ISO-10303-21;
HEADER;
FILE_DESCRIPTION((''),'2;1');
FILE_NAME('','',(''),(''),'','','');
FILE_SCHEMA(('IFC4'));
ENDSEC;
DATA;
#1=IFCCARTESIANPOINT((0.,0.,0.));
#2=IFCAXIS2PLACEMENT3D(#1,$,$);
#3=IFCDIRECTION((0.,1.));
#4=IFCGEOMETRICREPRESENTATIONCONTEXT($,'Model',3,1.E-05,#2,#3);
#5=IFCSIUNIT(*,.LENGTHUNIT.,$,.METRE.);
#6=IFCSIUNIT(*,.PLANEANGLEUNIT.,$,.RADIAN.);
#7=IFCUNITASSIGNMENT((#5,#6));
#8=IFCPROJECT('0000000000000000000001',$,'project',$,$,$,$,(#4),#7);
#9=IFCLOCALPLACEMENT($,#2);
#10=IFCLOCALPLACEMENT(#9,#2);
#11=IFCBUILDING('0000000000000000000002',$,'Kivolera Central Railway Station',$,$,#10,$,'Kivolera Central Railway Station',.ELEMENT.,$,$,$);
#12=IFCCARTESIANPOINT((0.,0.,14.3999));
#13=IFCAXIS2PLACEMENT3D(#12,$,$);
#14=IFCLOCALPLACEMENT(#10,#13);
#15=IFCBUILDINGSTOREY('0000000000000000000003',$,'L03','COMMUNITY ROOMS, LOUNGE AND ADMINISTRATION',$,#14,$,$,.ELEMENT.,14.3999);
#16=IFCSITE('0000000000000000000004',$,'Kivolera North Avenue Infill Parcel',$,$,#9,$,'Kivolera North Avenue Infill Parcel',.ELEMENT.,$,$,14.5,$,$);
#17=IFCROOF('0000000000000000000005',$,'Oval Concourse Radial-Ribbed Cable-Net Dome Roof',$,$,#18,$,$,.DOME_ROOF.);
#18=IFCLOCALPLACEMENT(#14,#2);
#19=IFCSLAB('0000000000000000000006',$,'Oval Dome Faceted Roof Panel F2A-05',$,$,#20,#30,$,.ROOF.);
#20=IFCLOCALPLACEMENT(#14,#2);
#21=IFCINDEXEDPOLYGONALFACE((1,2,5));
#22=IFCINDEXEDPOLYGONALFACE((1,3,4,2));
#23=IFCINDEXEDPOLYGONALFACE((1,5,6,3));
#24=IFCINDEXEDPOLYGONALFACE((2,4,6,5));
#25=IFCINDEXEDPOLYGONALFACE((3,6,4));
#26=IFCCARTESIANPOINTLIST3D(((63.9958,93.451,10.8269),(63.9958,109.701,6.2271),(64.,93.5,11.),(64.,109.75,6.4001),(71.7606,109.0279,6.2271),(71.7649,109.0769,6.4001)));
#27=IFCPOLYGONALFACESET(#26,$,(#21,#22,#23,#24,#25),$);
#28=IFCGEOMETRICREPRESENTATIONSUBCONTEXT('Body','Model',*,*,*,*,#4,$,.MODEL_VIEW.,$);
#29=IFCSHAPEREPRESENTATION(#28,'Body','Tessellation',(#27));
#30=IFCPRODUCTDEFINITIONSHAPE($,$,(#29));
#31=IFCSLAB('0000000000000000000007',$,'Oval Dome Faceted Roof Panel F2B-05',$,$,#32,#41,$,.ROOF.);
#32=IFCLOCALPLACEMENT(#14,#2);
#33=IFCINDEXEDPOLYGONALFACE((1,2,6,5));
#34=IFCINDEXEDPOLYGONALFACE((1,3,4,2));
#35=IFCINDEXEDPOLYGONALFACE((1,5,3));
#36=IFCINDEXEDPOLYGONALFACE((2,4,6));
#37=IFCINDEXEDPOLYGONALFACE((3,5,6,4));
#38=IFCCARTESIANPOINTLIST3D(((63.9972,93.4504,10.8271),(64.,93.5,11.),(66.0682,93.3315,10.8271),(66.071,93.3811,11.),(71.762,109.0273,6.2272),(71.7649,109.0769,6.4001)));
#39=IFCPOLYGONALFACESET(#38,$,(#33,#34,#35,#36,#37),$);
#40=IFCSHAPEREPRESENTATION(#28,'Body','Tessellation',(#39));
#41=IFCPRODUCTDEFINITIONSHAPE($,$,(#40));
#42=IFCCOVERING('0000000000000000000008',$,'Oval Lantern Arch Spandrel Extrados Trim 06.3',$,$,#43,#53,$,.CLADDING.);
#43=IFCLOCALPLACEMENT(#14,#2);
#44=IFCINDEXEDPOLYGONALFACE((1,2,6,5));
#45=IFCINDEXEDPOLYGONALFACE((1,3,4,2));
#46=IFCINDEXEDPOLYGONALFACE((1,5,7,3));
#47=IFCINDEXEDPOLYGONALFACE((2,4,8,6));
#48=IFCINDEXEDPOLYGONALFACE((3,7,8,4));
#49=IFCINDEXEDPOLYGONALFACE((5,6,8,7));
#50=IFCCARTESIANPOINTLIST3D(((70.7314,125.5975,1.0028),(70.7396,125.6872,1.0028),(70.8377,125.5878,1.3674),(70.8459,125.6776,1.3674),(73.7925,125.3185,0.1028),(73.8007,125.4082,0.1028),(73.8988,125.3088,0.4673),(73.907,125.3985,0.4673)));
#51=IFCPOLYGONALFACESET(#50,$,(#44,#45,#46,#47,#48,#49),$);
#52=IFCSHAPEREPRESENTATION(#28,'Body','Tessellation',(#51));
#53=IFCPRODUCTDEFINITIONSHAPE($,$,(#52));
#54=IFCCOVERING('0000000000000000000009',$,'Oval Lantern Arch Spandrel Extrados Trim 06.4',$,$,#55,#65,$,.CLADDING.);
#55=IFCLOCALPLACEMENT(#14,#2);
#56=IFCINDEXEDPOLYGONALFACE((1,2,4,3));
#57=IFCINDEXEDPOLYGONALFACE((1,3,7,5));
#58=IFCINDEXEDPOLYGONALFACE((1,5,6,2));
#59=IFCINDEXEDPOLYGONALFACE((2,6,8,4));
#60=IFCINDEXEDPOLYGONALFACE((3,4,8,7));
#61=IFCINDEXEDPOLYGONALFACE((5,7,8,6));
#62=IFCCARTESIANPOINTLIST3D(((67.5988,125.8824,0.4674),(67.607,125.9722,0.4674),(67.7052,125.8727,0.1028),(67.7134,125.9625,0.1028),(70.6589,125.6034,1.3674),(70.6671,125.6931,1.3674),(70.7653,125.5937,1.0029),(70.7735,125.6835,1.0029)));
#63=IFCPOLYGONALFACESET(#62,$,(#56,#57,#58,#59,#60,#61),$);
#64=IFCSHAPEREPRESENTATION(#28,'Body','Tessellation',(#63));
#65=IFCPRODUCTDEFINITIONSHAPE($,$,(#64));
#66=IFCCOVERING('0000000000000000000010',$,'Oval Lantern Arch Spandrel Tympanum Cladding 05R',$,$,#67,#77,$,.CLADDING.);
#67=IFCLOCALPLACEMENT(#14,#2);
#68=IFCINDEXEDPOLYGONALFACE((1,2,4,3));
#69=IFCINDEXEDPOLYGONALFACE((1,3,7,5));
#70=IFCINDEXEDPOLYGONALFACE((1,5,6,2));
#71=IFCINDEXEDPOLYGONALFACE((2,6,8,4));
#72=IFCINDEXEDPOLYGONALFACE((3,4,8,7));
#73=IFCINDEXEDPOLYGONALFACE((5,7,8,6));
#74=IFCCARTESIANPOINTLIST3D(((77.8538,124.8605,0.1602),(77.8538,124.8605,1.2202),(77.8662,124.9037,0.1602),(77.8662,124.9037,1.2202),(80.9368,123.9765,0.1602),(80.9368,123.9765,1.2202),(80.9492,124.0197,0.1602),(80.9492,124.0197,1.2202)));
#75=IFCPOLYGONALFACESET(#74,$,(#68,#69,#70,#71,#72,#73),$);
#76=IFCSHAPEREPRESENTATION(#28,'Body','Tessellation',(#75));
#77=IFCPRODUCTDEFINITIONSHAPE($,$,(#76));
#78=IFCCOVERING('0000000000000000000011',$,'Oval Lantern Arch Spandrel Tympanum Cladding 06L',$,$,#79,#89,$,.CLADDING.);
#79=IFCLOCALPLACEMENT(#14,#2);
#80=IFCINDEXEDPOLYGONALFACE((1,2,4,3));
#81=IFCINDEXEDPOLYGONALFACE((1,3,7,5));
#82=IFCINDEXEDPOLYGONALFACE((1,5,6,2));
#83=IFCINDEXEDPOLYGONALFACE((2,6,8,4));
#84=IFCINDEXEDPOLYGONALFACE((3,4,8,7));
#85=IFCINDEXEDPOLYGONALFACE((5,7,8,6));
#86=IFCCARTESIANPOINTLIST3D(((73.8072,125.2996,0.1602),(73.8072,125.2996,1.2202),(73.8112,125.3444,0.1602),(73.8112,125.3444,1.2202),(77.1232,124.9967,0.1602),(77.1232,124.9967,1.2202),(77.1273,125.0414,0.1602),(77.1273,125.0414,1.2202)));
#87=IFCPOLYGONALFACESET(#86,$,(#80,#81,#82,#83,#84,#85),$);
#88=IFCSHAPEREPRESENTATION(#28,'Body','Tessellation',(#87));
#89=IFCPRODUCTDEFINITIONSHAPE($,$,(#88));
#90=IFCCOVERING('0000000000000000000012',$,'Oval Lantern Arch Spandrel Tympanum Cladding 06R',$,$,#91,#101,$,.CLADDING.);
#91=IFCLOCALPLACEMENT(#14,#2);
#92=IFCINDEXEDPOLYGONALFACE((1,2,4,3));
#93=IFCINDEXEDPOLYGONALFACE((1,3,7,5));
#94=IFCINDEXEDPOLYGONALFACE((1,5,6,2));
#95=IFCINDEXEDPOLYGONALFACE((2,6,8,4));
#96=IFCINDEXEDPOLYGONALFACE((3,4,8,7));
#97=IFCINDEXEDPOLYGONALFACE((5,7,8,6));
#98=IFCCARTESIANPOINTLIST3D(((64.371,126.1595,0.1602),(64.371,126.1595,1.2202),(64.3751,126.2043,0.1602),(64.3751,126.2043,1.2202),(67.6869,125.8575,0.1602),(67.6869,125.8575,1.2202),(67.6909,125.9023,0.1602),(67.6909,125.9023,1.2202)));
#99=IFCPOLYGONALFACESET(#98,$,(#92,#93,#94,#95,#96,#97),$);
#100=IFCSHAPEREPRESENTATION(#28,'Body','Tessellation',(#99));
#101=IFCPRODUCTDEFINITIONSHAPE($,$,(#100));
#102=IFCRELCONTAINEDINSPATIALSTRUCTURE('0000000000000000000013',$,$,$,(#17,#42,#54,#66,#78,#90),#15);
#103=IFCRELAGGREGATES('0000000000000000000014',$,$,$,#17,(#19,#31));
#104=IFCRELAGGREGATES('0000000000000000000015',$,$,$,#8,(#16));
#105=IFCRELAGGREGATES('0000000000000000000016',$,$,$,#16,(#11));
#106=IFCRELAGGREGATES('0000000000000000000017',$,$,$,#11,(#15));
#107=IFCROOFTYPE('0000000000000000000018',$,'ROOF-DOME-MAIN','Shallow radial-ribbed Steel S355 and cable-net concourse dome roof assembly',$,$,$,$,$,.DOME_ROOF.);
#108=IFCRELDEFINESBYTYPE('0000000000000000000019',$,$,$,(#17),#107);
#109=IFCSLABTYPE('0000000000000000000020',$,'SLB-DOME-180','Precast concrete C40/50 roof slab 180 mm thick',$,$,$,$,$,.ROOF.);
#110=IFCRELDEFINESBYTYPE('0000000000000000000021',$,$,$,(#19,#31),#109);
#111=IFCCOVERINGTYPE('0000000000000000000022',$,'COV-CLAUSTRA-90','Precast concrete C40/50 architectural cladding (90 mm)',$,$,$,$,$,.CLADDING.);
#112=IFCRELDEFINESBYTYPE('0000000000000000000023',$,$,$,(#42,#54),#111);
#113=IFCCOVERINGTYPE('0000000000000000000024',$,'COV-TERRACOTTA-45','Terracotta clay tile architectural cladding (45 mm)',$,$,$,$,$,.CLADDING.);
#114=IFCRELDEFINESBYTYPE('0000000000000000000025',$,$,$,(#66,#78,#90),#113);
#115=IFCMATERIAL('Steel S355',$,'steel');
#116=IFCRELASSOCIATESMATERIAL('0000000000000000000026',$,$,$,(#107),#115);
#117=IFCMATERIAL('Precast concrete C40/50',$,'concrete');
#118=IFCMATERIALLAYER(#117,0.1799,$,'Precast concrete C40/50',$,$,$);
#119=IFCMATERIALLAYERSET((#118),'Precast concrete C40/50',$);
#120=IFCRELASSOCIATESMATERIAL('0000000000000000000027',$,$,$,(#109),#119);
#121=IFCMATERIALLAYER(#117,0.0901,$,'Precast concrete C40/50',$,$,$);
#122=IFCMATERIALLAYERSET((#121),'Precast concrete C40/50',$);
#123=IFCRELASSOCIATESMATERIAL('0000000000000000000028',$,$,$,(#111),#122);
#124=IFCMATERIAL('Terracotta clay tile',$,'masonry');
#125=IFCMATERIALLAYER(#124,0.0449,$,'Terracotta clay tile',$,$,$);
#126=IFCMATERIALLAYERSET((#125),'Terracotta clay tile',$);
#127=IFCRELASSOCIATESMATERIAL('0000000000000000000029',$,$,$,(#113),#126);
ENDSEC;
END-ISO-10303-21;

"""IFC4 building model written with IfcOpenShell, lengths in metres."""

from ifc_helpers import new_model, si_unit, direction, frame, frame_2d, origin, origin_2d, place, context, subcontext, project, spatial, polyline, rectangle, outline, extrude, material, layer, layer_set, type_object, element, aggregate, save


model = new_model("IFC4")

# Units and contexts
model_context = context("Model", 3, precision=1e-05, world=origin(), true_north=direction((0.0, 1.0)))
body_context = subcontext(model_context, "Body", "Model", "MODEL_VIEW")
ifc_project = project(units=[si_unit("LENGTHUNIT", "METRE"), si_unit("PLANEANGLEUNIT", "RADIAN")], contexts=[model_context])

# Site, building, storey
site_placement = place(None, origin())
site = spatial("IfcSite", under=ifc_project, at=site_placement, Name="Kivolera North Avenue Infill Parcel", LongName="Kivolera North Avenue Infill Parcel", CompositionType="ELEMENT", RefElevation=14.5)
building_placement = place(site_placement, origin())
building = spatial("IfcBuilding", under=site, at=building_placement, Name="Kivolera Central Railway Station", LongName="Kivolera Central Railway Station", CompositionType="ELEMENT")
storey_placement = place(building_placement, frame((0.0, 0.0, 14.3999)))
storey = spatial("IfcBuildingStorey", under=building, at=storey_placement, Name="L03", Description="COMMUNITY ROOMS, LOUNGE AND ADMINISTRATION", CompositionType="ELEMENT", Elevation=14.3999)

# Shared definitions
ifc_material_1 = material(Name="Steel S355", Category="steel")

# Roof, slabs
roof_type = type_object("IfcRoofType", Name="ROOF-DOME-MAIN", Description="Shallow radial-ribbed Steel S355 and cable-net concourse dome roof assembly", PredefinedType="DOME_ROOF", material=ifc_material_1)
roof_placement = place(storey_placement, origin())
roof = element("IfcRoof", 1, at=roof_placement, inside=storey, type_object=roof_type, Name="Oval Concourse Radial-Ribbed Cable-Net Dome Roof", PredefinedType="DOME_ROOF")
ifc_material_2 = material(Name="Precast concrete C40/50", Category="concrete")
ifc_layer_1 = layer(ifc_material_2, 0.1799, Name="Precast concrete C40/50")
ifc_layer_set_1 = layer_set([ifc_layer_1], Name="Precast concrete C40/50")
slab_type = type_object("IfcSlabType", Name="SLB-DOME-180", Description="Precast concrete C40/50 roof slab 180 mm thick", PredefinedType="ROOF", material=ifc_layer_set_1)
slab_1_placement = place(storey_placement, frame((71.7649, 109.0769, 6.4001), z_axis=(0.023603, 0.27229, 0.961926), x_axis=(-0.996264, 0.086361, 0.0)))
slab_1 = element("IfcSlab", 2, at=slab_1_placement, type_object=slab_type, Name="Oval Dome Faceted Roof Panel F2A-05", PredefinedType="ROOF", context=body_context, shape_type="SweptSolid", body=[
    extrude(outline(polyline([(0.0, 0.0), (7.794, 0.0), (6.3907, 16.8301), (0.0, 0.0)])), origin(), (0.0, 0.0, -1.0), 0.1799),
])
slab_2_placement = place(storey_placement, frame((71.7649, 109.0769, 6.4001), z_axis=(0.015839, 0.275903, 0.961055), x_axis=(-0.431322, -0.865261, 0.255511)))
slab_2 = element("IfcSlab", 3, at=slab_2_placement, type_object=slab_type, Name="Oval Dome Faceted Roof Panel F2B-05", PredefinedType="ROOF", context=body_context, shape_type="SweptSolid", body=[
    extrude(outline(polyline([(0.0, 0.0), (18.0026, 0.0), (17.2121, 1.918), (0.0, 0.0)])), origin(), (0.0, 0.0, -1.0), 0.1799),
])
aggregate(roof, [slab_1, slab_2])

# Coverings
ifc_layer_2 = layer(ifc_material_2, 0.0901, Name="Precast concrete C40/50")
ifc_layer_set_2 = layer_set([ifc_layer_2], Name="Precast concrete C40/50")
covering_type_1 = type_object("IfcCoveringType", Name="COV-CLAUSTRA-90", Description="Precast concrete C40/50 architectural cladding (90 mm)", PredefinedType="CLADDING", material=ifc_layer_set_2)
covering_1_placement = place(storey_placement, frame((72.3191, 125.498, 0.7351), z_axis=(-0.955743, 0.087113, 0.281009), x_axis=(0.090789, 0.99587, 0.0)))
element("IfcCovering", 4, at=covering_1_placement, inside=storey, type_object=covering_type_1, Name="Oval Lantern Arch Spandrel Extrados Trim 06.3", PredefinedType="CLADDING", context=body_context, shape_type="SweptSolid", body=[
    extrude(rectangle(XDim=0.0901, YDim=0.3799, at=origin_2d()), frame((0.0, 0.0, -1.6016)), (0.0, 0.0, 1.0), 3.2029),
])
covering_2_placement = place(storey_placement, frame((69.186, 125.783, 0.7351), z_axis=(-0.955716, 0.087139, -0.281093), x_axis=(0.090789, 0.99587, 0.0)))
element("IfcCovering", 5, at=covering_2_placement, inside=storey, type_object=covering_type_1, Name="Oval Lantern Arch Spandrel Extrados Trim 06.4", PredefinedType="CLADDING", context=body_context, shape_type="SweptSolid", body=[
    extrude(rectangle(XDim=0.0901, YDim=0.3799, at=origin_2d()), frame((0.0, 0.0, -1.6011)), (0.0, 0.0, 1.0), 3.2019),
])
ifc_material_3 = material(Name="Terracotta clay tile", Category="masonry")
ifc_layer_3 = layer(ifc_material_3, 0.0449, Name="Terracotta clay tile")
ifc_layer_set_3 = layer_set([ifc_layer_3], Name="Terracotta clay tile")
covering_type_2 = type_object("IfcCoveringType", Name="COV-TERRACOTTA-45", Description="Terracotta clay tile architectural cladding (45 mm)", PredefinedType="CLADDING", material=ifc_layer_set_3)
covering_3_placement = place(storey_placement, frame((77.8601, 124.8821, 0.1602), z_axis=(0.0, 0.0, 1.0), x_axis=(0.961262, -0.275636, 0.0)))
element("IfcCovering", 6, at=covering_3_placement, inside=storey, type_object=covering_type_2, Name="Oval Lantern Arch Spandrel Tympanum Cladding 05R", PredefinedType="CLADDING", context=body_context, shape_type="SweptSolid", body=[
    extrude(rectangle(XDim=3.2073, YDim=0.0449, at=frame_2d((1.6035, 0.0))), origin(), (0.0, 0.0, 1.0), 1.0601),
])
covering_4_placement = place(storey_placement, frame((73.8091, 125.322, 0.1602), z_axis=(0.0, 0.0, 1.0), x_axis=(0.995852, -0.090992, 0.0)))
element("IfcCovering", 7, at=covering_4_placement, inside=storey, type_object=covering_type_2, Name="Oval Lantern Arch Spandrel Tympanum Cladding 06L", PredefinedType="CLADDING", context=body_context, shape_type="SweptSolid", body=[
    extrude(rectangle(XDim=3.3298, YDim=0.0449, at=frame_2d((1.665, 0.0))), origin(), (0.0, 0.0, 1.0), 1.0601),
])
covering_5_placement = place(storey_placement, frame((64.373, 126.1819, 0.1602), z_axis=(0.0, 0.0, 1.0), x_axis=(0.995878, -0.090701, 0.0)))
element("IfcCovering", 8, at=covering_5_placement, inside=storey, type_object=covering_type_2, Name="Oval Lantern Arch Spandrel Tympanum Cladding 06R", PredefinedType="CLADDING", context=body_context, shape_type="SweptSolid", body=[
    extrude(rectangle(XDim=3.3296, YDim=0.0449, at=frame_2d((1.6648, 0.0))), origin(), (0.0, 0.0, 1.0), 1.0601),
])

save(model, "model.ifc")
